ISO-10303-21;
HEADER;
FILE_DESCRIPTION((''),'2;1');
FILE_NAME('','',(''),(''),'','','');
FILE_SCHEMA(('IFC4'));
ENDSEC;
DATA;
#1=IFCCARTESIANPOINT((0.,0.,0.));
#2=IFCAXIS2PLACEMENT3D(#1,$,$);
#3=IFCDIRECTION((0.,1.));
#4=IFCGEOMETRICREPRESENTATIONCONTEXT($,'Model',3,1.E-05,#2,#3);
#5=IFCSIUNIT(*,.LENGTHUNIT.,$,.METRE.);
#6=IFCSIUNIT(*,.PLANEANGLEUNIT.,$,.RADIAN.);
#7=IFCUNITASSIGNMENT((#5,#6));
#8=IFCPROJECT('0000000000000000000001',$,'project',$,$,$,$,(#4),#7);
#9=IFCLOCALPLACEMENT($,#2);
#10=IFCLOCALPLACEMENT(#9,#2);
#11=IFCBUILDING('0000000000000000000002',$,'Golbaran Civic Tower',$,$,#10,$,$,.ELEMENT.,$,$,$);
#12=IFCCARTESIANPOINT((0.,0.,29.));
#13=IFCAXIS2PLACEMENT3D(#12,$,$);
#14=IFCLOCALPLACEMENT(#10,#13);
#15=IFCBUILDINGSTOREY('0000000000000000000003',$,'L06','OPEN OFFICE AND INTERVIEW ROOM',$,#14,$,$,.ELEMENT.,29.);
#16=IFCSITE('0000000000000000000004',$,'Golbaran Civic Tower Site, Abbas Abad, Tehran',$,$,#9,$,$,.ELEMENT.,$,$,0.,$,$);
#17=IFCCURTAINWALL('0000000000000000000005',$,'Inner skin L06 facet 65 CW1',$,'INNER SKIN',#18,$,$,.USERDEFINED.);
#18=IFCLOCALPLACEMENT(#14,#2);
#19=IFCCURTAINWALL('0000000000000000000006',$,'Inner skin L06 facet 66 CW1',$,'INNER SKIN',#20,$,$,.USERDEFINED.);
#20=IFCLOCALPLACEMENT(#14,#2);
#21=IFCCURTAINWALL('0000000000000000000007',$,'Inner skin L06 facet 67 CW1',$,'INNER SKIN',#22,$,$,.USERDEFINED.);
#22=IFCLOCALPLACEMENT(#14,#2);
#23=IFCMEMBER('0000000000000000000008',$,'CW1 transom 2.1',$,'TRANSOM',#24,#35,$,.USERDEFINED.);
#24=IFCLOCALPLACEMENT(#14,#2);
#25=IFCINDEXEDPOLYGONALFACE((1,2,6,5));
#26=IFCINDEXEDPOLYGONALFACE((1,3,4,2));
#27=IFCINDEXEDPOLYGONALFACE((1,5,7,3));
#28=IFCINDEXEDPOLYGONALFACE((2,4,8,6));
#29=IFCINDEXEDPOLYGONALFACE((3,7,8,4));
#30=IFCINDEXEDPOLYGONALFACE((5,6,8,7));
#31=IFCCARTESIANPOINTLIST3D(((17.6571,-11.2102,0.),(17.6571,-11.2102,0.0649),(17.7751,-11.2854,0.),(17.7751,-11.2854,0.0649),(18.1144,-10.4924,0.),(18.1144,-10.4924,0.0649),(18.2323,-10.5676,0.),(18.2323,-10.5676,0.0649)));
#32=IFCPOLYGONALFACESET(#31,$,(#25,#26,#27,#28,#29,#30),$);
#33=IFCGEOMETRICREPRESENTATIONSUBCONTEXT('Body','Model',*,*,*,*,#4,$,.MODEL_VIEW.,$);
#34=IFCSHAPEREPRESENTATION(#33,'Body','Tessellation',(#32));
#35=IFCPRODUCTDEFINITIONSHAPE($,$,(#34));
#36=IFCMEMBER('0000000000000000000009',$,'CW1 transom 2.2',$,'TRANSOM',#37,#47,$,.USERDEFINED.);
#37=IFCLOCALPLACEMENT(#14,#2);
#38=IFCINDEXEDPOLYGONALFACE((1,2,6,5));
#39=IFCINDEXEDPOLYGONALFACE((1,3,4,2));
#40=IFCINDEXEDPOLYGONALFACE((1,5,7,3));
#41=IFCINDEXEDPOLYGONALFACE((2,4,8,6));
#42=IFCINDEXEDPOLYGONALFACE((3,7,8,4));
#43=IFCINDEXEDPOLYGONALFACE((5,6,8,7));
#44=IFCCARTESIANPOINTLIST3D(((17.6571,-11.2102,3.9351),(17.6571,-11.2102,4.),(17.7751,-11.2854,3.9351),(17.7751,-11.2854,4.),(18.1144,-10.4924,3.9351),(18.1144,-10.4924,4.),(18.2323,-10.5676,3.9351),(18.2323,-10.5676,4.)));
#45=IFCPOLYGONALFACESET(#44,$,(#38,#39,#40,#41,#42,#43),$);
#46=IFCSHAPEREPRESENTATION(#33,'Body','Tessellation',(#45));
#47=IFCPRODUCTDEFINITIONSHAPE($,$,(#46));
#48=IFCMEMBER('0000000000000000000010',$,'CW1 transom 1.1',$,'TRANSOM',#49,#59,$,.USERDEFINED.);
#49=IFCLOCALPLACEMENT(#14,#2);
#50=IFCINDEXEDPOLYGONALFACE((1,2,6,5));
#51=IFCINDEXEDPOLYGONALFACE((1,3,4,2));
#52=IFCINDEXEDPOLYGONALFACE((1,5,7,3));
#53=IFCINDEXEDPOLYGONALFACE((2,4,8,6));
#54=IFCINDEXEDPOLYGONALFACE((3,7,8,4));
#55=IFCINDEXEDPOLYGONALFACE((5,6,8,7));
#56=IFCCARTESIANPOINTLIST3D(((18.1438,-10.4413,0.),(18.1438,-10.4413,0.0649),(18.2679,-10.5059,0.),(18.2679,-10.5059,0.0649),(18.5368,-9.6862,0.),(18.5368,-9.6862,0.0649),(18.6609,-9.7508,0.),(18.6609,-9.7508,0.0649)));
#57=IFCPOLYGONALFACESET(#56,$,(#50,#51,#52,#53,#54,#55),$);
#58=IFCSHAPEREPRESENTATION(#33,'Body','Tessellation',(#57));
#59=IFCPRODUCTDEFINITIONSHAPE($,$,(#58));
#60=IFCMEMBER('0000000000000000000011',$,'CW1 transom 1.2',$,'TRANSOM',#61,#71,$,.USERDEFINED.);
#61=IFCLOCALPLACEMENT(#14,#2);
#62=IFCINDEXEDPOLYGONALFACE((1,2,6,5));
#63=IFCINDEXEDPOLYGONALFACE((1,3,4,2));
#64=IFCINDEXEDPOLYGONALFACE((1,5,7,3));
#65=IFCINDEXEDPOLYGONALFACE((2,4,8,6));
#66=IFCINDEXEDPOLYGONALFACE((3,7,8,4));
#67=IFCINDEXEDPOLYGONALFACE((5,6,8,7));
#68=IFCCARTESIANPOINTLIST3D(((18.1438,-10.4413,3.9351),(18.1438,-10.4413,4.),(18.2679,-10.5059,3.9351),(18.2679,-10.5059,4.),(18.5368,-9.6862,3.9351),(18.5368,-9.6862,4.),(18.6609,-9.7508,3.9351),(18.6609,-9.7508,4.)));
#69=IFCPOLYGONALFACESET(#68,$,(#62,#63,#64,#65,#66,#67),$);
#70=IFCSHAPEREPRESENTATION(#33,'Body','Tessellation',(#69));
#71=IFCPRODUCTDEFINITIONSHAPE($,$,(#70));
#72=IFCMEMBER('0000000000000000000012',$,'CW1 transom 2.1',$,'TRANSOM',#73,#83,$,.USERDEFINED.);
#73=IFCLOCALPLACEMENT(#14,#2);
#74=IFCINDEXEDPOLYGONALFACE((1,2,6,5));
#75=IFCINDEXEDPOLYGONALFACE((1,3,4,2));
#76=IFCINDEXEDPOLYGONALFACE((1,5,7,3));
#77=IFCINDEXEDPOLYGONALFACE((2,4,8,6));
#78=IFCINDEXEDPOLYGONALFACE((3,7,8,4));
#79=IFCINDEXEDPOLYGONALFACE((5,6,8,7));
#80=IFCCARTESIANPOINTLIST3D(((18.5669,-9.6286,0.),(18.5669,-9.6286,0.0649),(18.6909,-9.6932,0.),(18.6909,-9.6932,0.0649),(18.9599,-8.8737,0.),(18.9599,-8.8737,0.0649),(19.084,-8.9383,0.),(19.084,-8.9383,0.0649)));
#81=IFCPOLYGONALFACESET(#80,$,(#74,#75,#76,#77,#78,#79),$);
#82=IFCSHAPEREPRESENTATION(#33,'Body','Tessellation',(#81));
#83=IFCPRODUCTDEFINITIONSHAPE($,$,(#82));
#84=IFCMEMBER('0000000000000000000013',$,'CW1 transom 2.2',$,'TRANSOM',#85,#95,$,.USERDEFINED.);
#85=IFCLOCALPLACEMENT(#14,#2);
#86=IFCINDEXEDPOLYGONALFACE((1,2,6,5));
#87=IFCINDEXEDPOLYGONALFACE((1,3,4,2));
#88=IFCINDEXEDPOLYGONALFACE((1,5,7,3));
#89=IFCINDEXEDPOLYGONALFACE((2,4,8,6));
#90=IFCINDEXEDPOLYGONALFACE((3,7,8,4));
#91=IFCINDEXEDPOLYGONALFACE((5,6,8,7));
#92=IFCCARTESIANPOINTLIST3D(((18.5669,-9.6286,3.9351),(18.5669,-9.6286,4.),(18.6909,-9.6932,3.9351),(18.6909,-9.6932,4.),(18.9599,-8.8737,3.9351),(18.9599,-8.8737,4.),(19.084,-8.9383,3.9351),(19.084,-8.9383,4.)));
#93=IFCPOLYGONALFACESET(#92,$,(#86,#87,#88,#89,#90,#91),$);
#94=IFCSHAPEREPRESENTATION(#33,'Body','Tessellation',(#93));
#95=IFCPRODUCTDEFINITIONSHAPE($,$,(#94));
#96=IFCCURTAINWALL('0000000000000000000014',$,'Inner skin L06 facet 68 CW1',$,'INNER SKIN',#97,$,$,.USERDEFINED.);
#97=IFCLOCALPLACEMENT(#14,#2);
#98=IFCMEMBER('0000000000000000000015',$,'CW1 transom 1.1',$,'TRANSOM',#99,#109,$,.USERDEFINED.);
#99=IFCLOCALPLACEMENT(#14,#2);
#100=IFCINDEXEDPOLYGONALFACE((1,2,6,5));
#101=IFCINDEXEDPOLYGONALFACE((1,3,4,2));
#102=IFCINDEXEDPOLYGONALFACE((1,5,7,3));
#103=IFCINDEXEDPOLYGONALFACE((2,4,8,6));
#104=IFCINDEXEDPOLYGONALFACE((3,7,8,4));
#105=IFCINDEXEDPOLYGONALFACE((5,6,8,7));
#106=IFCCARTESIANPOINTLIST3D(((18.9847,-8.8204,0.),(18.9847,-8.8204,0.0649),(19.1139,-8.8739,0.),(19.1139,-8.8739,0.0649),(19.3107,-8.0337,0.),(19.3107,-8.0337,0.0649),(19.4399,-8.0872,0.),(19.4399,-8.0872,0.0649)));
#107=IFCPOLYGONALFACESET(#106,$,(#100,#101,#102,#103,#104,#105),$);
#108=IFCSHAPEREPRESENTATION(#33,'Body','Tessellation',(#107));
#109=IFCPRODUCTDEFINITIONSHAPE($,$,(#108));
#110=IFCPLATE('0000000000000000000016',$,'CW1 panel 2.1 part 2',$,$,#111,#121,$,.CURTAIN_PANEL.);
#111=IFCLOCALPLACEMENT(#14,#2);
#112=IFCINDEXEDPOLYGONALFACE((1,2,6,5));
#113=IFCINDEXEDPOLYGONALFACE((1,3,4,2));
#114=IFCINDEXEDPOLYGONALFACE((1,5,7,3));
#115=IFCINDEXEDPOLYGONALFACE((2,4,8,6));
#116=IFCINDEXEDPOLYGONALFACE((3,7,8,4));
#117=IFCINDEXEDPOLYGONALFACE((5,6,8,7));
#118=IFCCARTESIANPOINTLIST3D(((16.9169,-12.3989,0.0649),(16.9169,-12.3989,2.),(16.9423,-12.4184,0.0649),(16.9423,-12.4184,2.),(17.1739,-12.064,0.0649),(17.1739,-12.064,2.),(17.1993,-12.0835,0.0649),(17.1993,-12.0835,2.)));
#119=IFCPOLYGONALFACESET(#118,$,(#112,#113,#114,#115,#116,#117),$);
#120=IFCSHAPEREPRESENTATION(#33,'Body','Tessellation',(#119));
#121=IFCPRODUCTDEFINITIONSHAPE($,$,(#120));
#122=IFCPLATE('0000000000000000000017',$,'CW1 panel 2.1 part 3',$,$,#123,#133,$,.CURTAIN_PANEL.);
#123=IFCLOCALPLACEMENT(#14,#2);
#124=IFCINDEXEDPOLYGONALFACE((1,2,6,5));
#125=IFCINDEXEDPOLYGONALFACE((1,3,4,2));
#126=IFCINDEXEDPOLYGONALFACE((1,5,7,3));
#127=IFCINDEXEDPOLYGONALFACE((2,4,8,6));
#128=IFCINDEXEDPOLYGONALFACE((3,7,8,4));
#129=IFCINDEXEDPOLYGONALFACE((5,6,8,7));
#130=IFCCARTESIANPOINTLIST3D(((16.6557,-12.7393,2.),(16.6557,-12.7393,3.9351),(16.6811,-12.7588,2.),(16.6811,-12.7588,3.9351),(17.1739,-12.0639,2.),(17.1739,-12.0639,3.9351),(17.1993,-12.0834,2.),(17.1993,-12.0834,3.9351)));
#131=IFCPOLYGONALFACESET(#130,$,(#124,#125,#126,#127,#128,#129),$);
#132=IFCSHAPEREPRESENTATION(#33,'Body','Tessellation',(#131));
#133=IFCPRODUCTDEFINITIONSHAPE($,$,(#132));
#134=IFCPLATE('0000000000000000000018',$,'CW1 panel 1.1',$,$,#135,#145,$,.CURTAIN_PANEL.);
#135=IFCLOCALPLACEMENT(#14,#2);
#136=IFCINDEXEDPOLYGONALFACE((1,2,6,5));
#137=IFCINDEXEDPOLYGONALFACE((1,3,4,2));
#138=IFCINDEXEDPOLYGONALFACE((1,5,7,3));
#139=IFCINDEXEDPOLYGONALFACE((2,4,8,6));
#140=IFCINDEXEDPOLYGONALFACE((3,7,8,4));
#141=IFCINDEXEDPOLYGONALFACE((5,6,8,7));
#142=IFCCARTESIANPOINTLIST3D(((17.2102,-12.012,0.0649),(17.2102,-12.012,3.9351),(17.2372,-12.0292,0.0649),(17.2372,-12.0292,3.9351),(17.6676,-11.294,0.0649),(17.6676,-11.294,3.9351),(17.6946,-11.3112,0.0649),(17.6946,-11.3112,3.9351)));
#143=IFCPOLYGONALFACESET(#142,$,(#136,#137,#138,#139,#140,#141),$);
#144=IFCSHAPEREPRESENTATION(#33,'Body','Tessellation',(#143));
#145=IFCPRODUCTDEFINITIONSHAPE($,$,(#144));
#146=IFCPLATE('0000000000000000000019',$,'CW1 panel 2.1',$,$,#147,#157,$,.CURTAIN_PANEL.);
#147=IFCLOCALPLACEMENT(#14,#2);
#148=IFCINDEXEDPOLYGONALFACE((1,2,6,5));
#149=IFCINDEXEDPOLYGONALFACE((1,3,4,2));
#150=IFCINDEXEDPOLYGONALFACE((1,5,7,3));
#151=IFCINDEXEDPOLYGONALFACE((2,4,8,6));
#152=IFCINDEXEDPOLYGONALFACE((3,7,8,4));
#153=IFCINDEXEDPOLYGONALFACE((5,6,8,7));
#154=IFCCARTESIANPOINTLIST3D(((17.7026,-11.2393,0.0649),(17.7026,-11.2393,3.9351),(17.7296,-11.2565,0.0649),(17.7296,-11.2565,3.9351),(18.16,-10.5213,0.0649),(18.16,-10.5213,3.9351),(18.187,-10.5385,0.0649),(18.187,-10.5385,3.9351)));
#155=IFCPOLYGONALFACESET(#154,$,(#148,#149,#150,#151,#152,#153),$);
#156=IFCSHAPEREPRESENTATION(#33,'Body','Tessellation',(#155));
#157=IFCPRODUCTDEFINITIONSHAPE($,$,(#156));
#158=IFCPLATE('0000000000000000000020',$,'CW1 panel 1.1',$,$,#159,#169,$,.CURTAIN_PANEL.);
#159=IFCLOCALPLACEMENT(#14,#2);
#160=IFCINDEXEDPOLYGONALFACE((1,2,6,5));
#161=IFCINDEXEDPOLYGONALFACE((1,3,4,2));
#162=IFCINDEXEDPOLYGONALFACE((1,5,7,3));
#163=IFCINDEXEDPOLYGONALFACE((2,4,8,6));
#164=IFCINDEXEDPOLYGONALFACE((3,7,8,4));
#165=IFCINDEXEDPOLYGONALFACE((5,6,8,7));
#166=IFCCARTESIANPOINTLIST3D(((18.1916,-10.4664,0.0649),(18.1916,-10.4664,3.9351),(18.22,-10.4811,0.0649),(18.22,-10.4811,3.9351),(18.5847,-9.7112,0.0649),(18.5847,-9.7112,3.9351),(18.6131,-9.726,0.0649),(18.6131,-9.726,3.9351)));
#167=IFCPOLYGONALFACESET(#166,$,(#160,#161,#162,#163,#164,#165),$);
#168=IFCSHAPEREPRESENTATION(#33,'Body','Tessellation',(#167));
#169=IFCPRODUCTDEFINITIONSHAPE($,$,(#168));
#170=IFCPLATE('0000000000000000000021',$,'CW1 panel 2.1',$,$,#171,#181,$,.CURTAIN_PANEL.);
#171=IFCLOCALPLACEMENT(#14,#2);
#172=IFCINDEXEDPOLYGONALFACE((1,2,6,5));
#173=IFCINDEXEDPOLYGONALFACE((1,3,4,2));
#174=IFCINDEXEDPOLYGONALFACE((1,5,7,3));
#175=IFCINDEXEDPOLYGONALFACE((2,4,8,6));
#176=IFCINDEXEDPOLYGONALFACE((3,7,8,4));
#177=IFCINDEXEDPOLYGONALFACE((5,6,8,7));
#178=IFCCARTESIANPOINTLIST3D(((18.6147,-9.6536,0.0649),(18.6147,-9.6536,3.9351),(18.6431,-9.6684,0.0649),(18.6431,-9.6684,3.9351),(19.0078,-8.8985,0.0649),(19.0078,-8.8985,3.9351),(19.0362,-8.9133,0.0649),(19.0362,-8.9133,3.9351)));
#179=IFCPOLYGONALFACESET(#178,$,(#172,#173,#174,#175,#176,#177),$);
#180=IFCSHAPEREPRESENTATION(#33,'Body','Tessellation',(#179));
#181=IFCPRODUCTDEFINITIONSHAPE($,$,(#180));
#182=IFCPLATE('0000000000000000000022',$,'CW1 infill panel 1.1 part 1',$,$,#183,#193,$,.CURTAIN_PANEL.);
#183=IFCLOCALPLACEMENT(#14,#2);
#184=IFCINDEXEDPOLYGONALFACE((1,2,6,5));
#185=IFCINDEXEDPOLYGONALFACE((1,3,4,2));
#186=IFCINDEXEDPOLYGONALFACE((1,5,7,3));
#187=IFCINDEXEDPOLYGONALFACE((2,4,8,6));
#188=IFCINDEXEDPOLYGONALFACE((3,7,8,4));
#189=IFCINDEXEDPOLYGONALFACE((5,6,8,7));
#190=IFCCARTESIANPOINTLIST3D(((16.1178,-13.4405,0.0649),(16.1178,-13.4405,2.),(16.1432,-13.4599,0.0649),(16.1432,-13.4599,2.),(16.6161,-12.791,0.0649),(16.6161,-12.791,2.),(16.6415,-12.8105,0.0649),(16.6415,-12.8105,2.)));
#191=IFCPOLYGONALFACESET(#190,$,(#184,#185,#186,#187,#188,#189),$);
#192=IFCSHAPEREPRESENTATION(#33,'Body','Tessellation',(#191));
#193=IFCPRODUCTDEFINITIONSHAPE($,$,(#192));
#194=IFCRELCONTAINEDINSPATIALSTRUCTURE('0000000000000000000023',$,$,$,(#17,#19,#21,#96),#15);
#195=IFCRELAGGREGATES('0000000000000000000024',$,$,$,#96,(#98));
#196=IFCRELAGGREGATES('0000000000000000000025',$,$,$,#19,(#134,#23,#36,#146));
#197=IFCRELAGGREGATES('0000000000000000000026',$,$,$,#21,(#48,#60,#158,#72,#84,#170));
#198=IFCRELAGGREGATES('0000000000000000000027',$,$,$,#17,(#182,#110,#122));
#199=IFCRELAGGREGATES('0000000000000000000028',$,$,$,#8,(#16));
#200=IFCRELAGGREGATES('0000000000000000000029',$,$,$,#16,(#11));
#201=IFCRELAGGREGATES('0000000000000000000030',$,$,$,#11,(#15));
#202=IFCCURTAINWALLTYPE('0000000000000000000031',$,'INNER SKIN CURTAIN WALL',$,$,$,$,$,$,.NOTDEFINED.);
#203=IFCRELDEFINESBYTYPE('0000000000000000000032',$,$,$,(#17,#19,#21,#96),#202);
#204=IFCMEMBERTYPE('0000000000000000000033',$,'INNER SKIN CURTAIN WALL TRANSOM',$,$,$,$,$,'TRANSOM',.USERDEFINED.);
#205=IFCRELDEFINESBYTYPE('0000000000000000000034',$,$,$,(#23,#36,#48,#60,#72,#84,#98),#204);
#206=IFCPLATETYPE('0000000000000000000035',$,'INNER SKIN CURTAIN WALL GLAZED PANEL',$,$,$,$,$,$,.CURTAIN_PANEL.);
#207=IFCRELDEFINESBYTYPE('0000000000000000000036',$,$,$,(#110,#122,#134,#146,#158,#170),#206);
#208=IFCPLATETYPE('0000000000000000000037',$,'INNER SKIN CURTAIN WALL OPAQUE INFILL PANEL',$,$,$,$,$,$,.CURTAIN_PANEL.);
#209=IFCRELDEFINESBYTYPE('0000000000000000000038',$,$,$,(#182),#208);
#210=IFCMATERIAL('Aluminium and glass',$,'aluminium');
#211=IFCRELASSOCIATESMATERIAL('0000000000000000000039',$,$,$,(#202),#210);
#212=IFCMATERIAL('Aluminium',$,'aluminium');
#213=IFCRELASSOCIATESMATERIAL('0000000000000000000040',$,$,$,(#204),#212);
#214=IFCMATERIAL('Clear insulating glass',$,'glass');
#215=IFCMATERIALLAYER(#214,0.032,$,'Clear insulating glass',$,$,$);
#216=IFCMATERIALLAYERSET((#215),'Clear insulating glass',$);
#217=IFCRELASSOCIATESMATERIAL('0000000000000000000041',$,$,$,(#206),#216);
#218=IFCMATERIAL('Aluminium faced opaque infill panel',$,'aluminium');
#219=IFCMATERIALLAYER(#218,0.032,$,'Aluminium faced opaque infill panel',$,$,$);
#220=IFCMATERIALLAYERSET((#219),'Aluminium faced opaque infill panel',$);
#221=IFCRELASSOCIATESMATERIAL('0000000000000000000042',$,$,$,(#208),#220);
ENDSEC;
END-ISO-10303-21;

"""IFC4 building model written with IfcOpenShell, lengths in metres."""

from ifc_helpers import new_model, si_unit, direction, frame, origin, origin_2d, place, context, subcontext, project, spatial, rectangle, extrude, material, layer, layer_set, material_profile, profile_set, type_object, element, aggregate, save


model = new_model("IFC4")

# Units and contexts
model_context = context("Model", 3, precision=1e-05, world=origin(), true_north=direction((0.0, 1.0)))
body_context = subcontext(model_context, "Body", "Model", "MODEL_VIEW")
ifc_project = project(units=[si_unit("LENGTHUNIT", "METRE"), si_unit("PLANEANGLEUNIT", "RADIAN")], contexts=[model_context])

# Site, building, storey
site_placement = place(None, origin())
site = spatial("IfcSite", under=ifc_project, at=site_placement, Name="Golbaran Civic Tower Site, Abbas Abad, Tehran", CompositionType="ELEMENT", RefElevation=0.0)
building_placement = place(site_placement, origin())
building = spatial("IfcBuilding", under=site, at=building_placement, Name="Golbaran Civic Tower", CompositionType="ELEMENT")
storey_placement = place(building_placement, frame((0.0, 0.0, 29.0)))
storey = spatial("IfcBuildingStorey", under=building, at=storey_placement, Name="L06", Description="OPEN OFFICE AND INTERVIEW ROOM", CompositionType="ELEMENT", Elevation=29.0)

# Curtain walls
ifc_material_1 = material(Name="Aluminium and glass", Category="aluminium")
curtain_wall_type = type_object("IfcCurtainWallType", Name="INNER SKIN CURTAIN WALL", PredefinedType="NOTDEFINED", material=ifc_material_1)
curtain_wall_1_placement = place(storey_placement, origin())
curtain_wall_1 = element("IfcCurtainWall", 1, at=curtain_wall_1_placement, inside=storey, type_object=curtain_wall_type, Name="Inner skin L06 facet 65 CW1", ObjectType="INNER SKIN", PredefinedType="USERDEFINED")
ifc_material_2 = material(Name="Aluminium", Category="aluminium")
curtain_wall_2_placement = place(storey_placement, origin())
curtain_wall_2 = element("IfcCurtainWall", 2, at=curtain_wall_2_placement, inside=storey, type_object=curtain_wall_type, Name="Inner skin L06 facet 66 CW1", ObjectType="INNER SKIN", PredefinedType="USERDEFINED")
curtain_wall_3_placement = place(storey_placement, origin())
curtain_wall_3 = element("IfcCurtainWall", 3, at=curtain_wall_3_placement, inside=storey, type_object=curtain_wall_type, Name="Inner skin L06 facet 67 CW1", ObjectType="INNER SKIN", PredefinedType="USERDEFINED")

# Members
ifc_material_profile_1 = material_profile(ifc_material_2, rectangle(XDim=0.1399, YDim=0.0649, at=origin_2d()), Name="INNER SKIN CURTAIN WALL TRANSOM")
ifc_profile_set_1 = profile_set([ifc_material_profile_1], Name="Aluminium")
member_type_1 = type_object("IfcMemberType", Name="INNER SKIN CURTAIN WALL TRANSOM", ElementType="TRANSOM", PredefinedType="USERDEFINED", material=ifc_profile_set_1)
member_1_placement = place(storey_placement, frame((17.7161, -11.2478, 0.0325), z_axis=(0.537302, 0.84339, 0.0), x_axis=(-0.84339, 0.537302, 0.0)))
member_1 = element("IfcMember", 4, at=member_1_placement, type_object=member_type_1, Name="CW1 transom 2.1", ObjectType="TRANSOM", PredefinedType="USERDEFINED", context=body_context, shape_type="SweptSolid", body=[
    extrude(rectangle(XDim=0.1399, YDim=0.0649, at=origin_2d()), origin(), (0.0, 0.0, 1.0), 0.8511),
])
member_2_placement = place(storey_placement, frame((17.7161, -11.2478, 3.9675), z_axis=(0.537302, 0.84339, 0.0), x_axis=(-0.84339, 0.537302, 0.0)))
member_2 = element("IfcMember", 5, at=member_2_placement, type_object=member_type_1, Name="CW1 transom 2.2", ObjectType="TRANSOM", PredefinedType="USERDEFINED", context=body_context, shape_type="SweptSolid", body=[
    extrude(rectangle(XDim=0.1399, YDim=0.0649, at=origin_2d()), origin(), (0.0, 0.0, 1.0), 0.8511),
])
member_3_placement = place(storey_placement, frame((18.2058, -10.4736, 0.0325), z_axis=(0.461723, 0.887024, 0.0), x_axis=(-0.887024, 0.461723, 0.0)))
member_3 = element("IfcMember", 6, at=member_3_placement, type_object=member_type_1, Name="CW1 transom 1.1", ObjectType="TRANSOM", PredefinedType="USERDEFINED", context=body_context, shape_type="SweptSolid", body=[
    extrude(rectangle(XDim=0.1399, YDim=0.0649, at=origin_2d()), origin(), (0.0, 0.0, 1.0), 0.8513),
])
member_4_placement = place(storey_placement, frame((18.2058, -10.4736, 3.9675), z_axis=(0.461723, 0.887024, 0.0), x_axis=(-0.887024, 0.461723, 0.0)))
member_4 = element("IfcMember", 7, at=member_4_placement, type_object=member_type_1, Name="CW1 transom 1.2", ObjectType="TRANSOM", PredefinedType="USERDEFINED", context=body_context, shape_type="SweptSolid", body=[
    extrude(rectangle(XDim=0.1399, YDim=0.0649, at=origin_2d()), origin(), (0.0, 0.0, 1.0), 0.8513),
])
member_5_placement = place(storey_placement, frame((18.6289, -9.6609, 0.0325), z_axis=(0.46184, 0.886963, 0.0), x_axis=(-0.886963, 0.46184, 0.0)))
member_5 = element("IfcMember", 8, at=member_5_placement, type_object=member_type_1, Name="CW1 transom 2.1", ObjectType="TRANSOM", PredefinedType="USERDEFINED", context=body_context, shape_type="SweptSolid", body=[
    extrude(rectangle(XDim=0.1399, YDim=0.0649, at=origin_2d()), origin(), (0.0, 0.0, 1.0), 0.8511),
])
member_6_placement = place(storey_placement, frame((18.6289, -9.6609, 3.9675), z_axis=(0.46184, 0.886963, 0.0), x_axis=(-0.886963, 0.46184, 0.0)))
member_6 = element("IfcMember", 9, at=member_6_placement, type_object=member_type_1, Name="CW1 transom 2.2", ObjectType="TRANSOM", PredefinedType="USERDEFINED", context=body_context, shape_type="SweptSolid", body=[
    extrude(rectangle(XDim=0.1399, YDim=0.0649, at=origin_2d()), origin(), (0.0, 0.0, 1.0), 0.8511),
])

# Curtain wall, member
curtain_wall_4_placement = place(storey_placement, origin())
curtain_wall_4 = element("IfcCurtainWall", 10, at=curtain_wall_4_placement, inside=storey, type_object=curtain_wall_type, Name="Inner skin L06 facet 68 CW1", ObjectType="INNER SKIN", PredefinedType="USERDEFINED")
member_7_placement = place(storey_placement, frame((19.0493, -8.8472, 0.0325), z_axis=(0.382782, 0.923839, 0.0), x_axis=(-0.923839, 0.382782, 0.0)))
member_7 = element("IfcMember", 11, at=member_7_placement, type_object=member_type_1, Name="CW1 transom 1.1", ObjectType="TRANSOM", PredefinedType="USERDEFINED", context=body_context, shape_type="SweptSolid", body=[
    extrude(rectangle(XDim=0.1399, YDim=0.0649, at=origin_2d()), origin(), (0.0, 0.0, 1.0), 0.8516),
])
aggregate(curtain_wall_4, [member_7])

# Plates
ifc_material_3 = material(Name="Clear insulating glass", Category="glass")
ifc_layer_1 = layer(ifc_material_3, 0.032, Name="Clear insulating glass")
ifc_layer_set_1 = layer_set([ifc_layer_1], Name="Clear insulating glass")
plate_type_1 = type_object("IfcPlateType", Name="INNER SKIN CURTAIN WALL GLAZED PANEL", PredefinedType="CURTAIN_PANEL", material=ifc_layer_set_1)
plate_1_placement = place(storey_placement, frame((17.0581, -12.2412, 0.0649), z_axis=(0.0, 0.0, 1.0), x_axis=(0.608761, 0.793353, 0.0)))
plate_1 = element("IfcPlate", 12, at=plate_1_placement, type_object=plate_type_1, Name="CW1 panel 2.1 part 2", PredefinedType="CURTAIN_PANEL", context=body_context, shape_type="SweptSolid", body=[
    extrude(rectangle(XDim=0.4221, YDim=0.032, at=origin_2d()), origin(), (0.0, 0.0, 1.0), 1.9351),
])
plate_2_placement = place(storey_placement, frame((16.9275, -12.4114, 2.0), z_axis=(0.0, 0.0, 1.0), x_axis=(0.608761, 0.793353, 0.0)))
plate_2 = element("IfcPlate", 13, at=plate_2_placement, type_object=plate_type_1, Name="CW1 panel 2.1 part 3", PredefinedType="CURTAIN_PANEL", context=body_context, shape_type="SweptSolid", body=[
    extrude(rectangle(XDim=0.8513, YDim=0.032, at=origin_2d()), origin(), (0.0, 0.0, 1.0), 1.9351),
])
plate_3_placement = place(storey_placement, frame((17.4524, -11.6616, 0.0649), z_axis=(0.0, 0.0, 1.0), x_axis=(0.5373, 0.843391, 0.0)))
plate_3 = element("IfcPlate", 14, at=plate_3_placement, type_object=plate_type_1, Name="CW1 panel 1.1", PredefinedType="CURTAIN_PANEL", context=body_context, shape_type="SweptSolid", body=[
    extrude(rectangle(XDim=0.8513, YDim=0.032, at=origin_2d()), origin(), (0.0, 0.0, 1.0), 3.8701),
])
plate_4_placement = place(storey_placement, frame((17.9448, -10.8889, 0.0649), z_axis=(0.0, 0.0, 1.0), x_axis=(0.5373, 0.843391, 0.0)))
plate_4 = element("IfcPlate", 15, at=plate_4_placement, type_object=plate_type_1, Name="CW1 panel 2.1", PredefinedType="CURTAIN_PANEL", context=body_context, shape_type="SweptSolid", body=[
    extrude(rectangle(XDim=0.8513, YDim=0.032, at=origin_2d()), origin(), (0.0, 0.0, 1.0), 3.8701),
])
aggregate(curtain_wall_2, [plate_3, member_1, member_2, plate_4])
plate_5_placement = place(storey_placement, frame((18.4023, -10.0962, 0.0649), z_axis=(0.0, 0.0, 1.0), x_axis=(0.461749, 0.887011, 0.0)))
plate_5 = element("IfcPlate", 16, at=plate_5_placement, type_object=plate_type_1, Name="CW1 panel 1.1", PredefinedType="CURTAIN_PANEL", context=body_context, shape_type="SweptSolid", body=[
    extrude(rectangle(XDim=0.8513, YDim=0.032, at=origin_2d()), origin(), (0.0, 0.0, 1.0), 3.8701),
])
plate_6_placement = place(storey_placement, frame((18.8254, -9.2834, 0.0649), z_axis=(0.0, 0.0, 1.0), x_axis=(0.461749, 0.887011, 0.0)))
plate_6 = element("IfcPlate", 17, at=plate_6_placement, type_object=plate_type_1, Name="CW1 panel 2.1", PredefinedType="CURTAIN_PANEL", context=body_context, shape_type="SweptSolid", body=[
    extrude(rectangle(XDim=0.8513, YDim=0.032, at=origin_2d()), origin(), (0.0, 0.0, 1.0), 3.8701),
])
aggregate(curtain_wall_3, [member_3, member_4, plate_5, member_5, member_6, plate_6])
ifc_material_4 = material(Name="Aluminium faced opaque infill panel", Category="aluminium")
ifc_layer_2 = layer(ifc_material_4, 0.032, Name="Aluminium faced opaque infill panel")
ifc_layer_set_2 = layer_set([ifc_layer_2], Name="Aluminium faced opaque infill panel")
plate_type_2 = type_object("IfcPlateType", Name="INNER SKIN CURTAIN WALL OPAQUE INFILL PANEL", PredefinedType="CURTAIN_PANEL", material=ifc_layer_set_2)
plate_7_placement = place(storey_placement, frame((16.3796, -13.1255, 0.0649), z_axis=(0.0, 0.0, 1.0), x_axis=(0.608761, 0.793353, 0.0)))
plate_7 = element("IfcPlate", 18, at=plate_7_placement, type_object=plate_type_2, Name="CW1 infill panel 1.1 part 1", PredefinedType="CURTAIN_PANEL", context=body_context, shape_type="SweptSolid", body=[
    extrude(rectangle(XDim=0.8186, YDim=0.032, at=origin_2d()), origin(), (0.0, 0.0, 1.0), 1.9351),
])
aggregate(curtain_wall_1, [plate_7, plate_1, plate_2])

save(model, "model.ifc")
